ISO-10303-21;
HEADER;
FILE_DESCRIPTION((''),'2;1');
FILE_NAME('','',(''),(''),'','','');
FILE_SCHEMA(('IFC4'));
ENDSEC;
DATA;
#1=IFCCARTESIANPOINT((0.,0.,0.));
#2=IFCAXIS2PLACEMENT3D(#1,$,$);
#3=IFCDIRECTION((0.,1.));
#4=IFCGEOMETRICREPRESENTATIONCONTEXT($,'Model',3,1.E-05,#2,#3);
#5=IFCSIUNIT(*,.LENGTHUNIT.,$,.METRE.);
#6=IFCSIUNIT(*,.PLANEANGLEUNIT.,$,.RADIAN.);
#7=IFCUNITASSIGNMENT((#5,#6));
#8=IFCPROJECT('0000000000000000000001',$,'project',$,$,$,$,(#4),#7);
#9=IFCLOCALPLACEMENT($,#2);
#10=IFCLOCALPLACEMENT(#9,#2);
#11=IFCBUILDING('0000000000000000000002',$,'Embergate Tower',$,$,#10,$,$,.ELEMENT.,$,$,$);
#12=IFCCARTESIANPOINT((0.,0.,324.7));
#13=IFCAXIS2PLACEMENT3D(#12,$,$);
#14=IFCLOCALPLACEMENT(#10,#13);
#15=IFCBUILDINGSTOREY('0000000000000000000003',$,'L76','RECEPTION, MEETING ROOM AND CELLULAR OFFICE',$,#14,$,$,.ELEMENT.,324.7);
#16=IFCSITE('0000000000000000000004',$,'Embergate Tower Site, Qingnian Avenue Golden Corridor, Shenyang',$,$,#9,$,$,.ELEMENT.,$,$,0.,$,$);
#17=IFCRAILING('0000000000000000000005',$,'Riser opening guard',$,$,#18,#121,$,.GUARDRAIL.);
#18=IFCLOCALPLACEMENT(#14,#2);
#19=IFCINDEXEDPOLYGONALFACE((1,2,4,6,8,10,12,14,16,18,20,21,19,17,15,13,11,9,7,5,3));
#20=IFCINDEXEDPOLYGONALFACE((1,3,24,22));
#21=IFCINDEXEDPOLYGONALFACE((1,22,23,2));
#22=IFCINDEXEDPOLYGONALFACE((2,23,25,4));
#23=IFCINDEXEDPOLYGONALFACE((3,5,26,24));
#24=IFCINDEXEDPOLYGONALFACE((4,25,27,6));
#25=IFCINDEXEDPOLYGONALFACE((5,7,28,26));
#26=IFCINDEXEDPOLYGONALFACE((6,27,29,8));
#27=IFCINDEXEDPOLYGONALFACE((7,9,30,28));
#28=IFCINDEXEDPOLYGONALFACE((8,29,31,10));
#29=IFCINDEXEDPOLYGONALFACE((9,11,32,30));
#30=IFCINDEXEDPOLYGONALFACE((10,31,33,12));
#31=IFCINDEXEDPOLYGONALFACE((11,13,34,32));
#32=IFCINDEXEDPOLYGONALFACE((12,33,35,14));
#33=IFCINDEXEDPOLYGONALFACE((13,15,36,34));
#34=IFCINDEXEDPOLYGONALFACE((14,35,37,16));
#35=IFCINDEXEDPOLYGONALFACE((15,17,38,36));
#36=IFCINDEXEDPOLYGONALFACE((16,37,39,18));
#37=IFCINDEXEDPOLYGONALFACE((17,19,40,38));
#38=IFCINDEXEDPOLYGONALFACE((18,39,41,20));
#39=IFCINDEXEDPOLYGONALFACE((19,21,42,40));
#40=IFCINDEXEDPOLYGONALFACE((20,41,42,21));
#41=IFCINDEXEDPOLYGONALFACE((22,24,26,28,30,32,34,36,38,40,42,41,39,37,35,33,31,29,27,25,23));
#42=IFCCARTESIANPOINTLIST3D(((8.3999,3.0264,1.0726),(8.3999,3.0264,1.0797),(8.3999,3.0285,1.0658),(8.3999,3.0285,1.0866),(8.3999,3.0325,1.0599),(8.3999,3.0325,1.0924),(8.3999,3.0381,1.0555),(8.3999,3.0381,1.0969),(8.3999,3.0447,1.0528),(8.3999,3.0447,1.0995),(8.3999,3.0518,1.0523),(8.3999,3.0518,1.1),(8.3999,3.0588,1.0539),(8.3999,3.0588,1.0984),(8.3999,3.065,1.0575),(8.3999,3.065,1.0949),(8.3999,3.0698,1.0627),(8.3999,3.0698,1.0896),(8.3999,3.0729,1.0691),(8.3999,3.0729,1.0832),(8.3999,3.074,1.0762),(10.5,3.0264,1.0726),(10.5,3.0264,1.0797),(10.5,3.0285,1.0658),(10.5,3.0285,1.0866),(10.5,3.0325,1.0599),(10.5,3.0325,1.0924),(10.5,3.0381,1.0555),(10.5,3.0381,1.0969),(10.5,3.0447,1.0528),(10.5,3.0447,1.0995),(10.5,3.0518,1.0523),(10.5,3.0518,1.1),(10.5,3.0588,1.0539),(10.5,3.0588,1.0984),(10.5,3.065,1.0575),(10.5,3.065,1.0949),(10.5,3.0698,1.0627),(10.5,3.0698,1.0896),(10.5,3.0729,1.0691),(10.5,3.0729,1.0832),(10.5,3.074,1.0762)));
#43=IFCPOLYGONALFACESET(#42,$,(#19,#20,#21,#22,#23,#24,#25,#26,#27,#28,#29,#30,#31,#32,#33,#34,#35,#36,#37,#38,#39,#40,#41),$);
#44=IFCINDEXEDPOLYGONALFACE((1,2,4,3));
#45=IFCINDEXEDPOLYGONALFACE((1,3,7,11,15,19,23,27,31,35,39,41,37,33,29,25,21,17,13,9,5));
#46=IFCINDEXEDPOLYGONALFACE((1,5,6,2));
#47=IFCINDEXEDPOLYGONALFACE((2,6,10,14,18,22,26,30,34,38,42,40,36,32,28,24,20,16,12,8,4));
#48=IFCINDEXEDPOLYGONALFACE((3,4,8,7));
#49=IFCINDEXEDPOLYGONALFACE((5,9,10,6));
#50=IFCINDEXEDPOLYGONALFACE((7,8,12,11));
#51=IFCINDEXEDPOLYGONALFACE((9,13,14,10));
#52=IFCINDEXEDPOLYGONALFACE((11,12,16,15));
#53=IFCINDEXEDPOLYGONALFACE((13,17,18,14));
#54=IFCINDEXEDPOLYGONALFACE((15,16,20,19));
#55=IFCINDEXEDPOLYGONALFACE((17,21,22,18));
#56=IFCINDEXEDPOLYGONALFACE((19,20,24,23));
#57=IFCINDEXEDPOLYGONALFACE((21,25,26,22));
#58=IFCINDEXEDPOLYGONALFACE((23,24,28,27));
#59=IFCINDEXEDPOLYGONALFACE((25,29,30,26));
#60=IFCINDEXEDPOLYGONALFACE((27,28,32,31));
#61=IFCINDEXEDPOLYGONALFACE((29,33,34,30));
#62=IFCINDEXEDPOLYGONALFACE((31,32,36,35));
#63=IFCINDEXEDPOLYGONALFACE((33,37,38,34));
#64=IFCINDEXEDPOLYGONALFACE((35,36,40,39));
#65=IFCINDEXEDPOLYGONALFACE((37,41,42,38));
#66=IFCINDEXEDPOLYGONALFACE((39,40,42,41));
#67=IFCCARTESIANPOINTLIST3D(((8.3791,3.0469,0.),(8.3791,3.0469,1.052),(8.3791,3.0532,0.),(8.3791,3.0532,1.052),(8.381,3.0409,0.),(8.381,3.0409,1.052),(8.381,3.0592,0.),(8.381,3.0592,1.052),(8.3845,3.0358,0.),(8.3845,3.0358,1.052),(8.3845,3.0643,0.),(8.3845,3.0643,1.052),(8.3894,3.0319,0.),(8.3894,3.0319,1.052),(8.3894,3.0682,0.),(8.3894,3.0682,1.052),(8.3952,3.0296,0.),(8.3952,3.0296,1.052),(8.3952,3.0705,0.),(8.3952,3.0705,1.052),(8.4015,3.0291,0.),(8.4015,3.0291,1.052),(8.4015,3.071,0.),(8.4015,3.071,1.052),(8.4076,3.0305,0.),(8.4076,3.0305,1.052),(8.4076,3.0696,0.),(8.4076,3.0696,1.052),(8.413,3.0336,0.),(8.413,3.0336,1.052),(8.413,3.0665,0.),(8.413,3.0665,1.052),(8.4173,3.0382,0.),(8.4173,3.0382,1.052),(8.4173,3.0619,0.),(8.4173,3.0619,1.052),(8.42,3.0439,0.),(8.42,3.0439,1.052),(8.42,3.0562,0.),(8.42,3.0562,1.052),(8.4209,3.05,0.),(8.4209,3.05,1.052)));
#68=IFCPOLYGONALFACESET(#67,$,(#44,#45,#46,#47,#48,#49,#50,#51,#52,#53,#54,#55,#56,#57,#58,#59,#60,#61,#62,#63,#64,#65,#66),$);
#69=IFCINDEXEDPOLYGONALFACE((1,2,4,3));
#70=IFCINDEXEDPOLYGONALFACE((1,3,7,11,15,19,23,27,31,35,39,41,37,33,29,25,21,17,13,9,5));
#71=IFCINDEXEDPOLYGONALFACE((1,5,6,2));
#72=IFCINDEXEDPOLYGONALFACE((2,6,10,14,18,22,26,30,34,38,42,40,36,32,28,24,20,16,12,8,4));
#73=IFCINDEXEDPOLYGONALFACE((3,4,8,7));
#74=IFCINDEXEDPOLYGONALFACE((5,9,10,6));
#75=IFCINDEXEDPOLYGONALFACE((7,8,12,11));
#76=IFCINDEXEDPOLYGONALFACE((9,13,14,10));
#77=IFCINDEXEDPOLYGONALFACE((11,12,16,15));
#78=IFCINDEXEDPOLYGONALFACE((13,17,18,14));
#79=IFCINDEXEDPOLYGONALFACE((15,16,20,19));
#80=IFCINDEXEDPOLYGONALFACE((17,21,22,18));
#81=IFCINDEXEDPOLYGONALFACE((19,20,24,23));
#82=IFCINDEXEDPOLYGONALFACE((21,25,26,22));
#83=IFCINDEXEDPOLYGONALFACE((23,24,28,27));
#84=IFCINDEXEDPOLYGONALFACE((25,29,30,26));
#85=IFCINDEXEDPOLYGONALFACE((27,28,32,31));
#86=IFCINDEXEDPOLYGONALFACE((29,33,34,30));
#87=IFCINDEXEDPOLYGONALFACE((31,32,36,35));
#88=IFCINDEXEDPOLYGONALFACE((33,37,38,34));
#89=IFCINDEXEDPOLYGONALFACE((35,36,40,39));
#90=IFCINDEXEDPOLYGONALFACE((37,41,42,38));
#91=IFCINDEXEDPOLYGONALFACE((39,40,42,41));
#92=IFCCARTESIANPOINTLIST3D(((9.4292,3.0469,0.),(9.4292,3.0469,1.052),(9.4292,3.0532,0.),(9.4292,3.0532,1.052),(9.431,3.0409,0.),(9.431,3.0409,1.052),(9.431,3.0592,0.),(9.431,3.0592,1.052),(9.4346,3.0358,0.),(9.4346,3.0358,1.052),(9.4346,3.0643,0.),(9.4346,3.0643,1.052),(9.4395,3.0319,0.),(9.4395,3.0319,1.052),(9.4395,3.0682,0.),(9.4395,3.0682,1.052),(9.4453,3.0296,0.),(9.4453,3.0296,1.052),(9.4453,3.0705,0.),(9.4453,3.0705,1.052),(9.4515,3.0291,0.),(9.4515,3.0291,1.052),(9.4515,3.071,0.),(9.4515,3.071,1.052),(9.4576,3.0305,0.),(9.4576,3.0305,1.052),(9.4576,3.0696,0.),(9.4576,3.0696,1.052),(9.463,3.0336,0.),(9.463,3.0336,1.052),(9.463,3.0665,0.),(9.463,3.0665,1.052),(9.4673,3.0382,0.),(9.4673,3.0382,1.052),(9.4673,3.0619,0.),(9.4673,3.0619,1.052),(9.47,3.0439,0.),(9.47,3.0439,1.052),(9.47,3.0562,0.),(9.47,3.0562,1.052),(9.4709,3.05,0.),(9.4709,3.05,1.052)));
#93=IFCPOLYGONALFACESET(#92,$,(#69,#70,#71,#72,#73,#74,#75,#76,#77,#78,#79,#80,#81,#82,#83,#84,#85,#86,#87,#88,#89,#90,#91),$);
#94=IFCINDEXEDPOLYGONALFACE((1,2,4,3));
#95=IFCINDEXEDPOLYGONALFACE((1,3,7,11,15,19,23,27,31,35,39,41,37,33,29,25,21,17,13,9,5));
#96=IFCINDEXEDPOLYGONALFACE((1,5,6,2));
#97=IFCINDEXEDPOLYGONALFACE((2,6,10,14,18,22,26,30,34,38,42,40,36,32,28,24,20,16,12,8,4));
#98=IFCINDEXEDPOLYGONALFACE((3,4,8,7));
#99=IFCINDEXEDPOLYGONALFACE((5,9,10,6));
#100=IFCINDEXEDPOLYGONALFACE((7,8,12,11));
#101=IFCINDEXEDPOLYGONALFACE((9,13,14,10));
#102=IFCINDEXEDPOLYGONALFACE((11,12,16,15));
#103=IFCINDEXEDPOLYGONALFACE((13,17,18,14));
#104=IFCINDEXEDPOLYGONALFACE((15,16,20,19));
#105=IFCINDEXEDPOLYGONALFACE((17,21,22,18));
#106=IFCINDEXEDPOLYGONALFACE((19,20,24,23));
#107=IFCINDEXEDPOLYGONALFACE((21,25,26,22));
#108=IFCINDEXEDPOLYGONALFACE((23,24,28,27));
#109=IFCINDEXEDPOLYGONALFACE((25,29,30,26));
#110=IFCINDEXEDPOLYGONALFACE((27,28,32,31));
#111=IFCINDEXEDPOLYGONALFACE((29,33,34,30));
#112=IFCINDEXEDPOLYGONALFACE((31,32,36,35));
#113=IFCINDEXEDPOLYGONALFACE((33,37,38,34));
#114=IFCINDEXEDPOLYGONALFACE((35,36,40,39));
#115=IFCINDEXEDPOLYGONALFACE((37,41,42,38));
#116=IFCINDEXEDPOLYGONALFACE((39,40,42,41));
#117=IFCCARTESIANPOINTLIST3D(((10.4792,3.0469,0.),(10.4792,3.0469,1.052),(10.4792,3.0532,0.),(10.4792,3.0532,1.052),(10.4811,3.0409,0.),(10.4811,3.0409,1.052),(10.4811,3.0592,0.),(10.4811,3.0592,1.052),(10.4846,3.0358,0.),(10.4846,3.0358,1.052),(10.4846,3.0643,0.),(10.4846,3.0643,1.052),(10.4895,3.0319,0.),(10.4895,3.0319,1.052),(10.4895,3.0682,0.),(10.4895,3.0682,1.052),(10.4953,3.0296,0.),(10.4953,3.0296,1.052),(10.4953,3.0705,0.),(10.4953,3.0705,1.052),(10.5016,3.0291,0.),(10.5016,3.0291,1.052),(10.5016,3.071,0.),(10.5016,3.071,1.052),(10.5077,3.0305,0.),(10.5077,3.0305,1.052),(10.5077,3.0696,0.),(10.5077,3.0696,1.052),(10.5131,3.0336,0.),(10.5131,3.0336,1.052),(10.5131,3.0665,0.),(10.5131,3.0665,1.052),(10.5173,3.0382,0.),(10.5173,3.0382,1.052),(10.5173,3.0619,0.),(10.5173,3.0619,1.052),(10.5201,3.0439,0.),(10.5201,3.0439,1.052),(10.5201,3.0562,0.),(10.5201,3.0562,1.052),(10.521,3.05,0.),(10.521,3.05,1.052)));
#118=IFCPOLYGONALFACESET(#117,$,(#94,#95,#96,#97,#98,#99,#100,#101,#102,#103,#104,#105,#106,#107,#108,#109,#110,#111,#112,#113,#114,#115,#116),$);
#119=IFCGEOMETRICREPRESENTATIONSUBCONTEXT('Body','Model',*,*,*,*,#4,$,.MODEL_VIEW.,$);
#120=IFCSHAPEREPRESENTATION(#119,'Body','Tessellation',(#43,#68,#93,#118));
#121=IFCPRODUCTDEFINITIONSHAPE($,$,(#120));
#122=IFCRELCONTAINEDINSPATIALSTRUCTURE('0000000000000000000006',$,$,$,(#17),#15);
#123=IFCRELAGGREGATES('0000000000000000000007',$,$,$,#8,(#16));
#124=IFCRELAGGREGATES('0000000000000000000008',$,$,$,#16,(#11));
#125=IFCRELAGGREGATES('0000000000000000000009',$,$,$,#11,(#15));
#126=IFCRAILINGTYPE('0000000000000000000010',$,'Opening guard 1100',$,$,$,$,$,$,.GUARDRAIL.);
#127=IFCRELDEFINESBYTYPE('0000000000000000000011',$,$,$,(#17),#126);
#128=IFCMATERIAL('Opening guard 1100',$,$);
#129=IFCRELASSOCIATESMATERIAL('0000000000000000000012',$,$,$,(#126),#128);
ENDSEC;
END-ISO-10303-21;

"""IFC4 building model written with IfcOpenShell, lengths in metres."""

from ifc_helpers import new_model, si_unit, direction, frame, origin, origin_2d, place, context, subcontext, project, spatial, circle, extrude, source, transform, mapped, material, type_object, element, save


model = new_model("IFC4")

# Units and contexts
model_context = context("Model", 3, precision=1e-05, world=origin(), true_north=direction((0.0, 1.0)))
body_context = subcontext(model_context, "Body", "Model", "MODEL_VIEW")
ifc_project = project(units=[si_unit("LENGTHUNIT", "METRE"), si_unit("PLANEANGLEUNIT", "RADIAN")], contexts=[model_context])

# Site, building, storey
site_placement = place(None, origin())
site = spatial("IfcSite", under=ifc_project, at=site_placement, Name="Embergate Tower Site, Qingnian Avenue Golden Corridor, Shenyang", CompositionType="ELEMENT", RefElevation=0.0)
building_placement = place(site_placement, origin())
building = spatial("IfcBuilding", under=site, at=building_placement, Name="Embergate Tower", CompositionType="ELEMENT")
storey_placement = place(building_placement, frame((0.0, 0.0, 324.7)))
storey = spatial("IfcBuildingStorey", under=building, at=storey_placement, Name="L76", Description="RECEPTION, MEETING ROOM AND CELLULAR OFFICE", CompositionType="ELEMENT", Elevation=324.7)

# Railing
ifc_material_1 = material(Name="Opening guard 1100")
railing_type = type_object("IfcRailingType", Name="Opening guard 1100", PredefinedType="GUARDRAIL", material=ifc_material_1)
shared_shape_1 = source(origin(), body_context, "Body", "SweptSolid", [
    extrude(circle(Radius=0.0239, at=origin_2d()), frame((0.0, 0.0, 1.0762), z_axis=(1.0, 0.0, 0.0), x_axis=(0.0, 1.0, 0.0)), (0.0, 0.0, 1.0), 2.1001),
    extrude(circle(Radius=0.021, at=origin_2d()), origin(), (0.0, 0.0, 1.0), 1.052),
    extrude(circle(Radius=0.021, at=origin_2d()), frame((1.05, 0.0, 0.0)), (0.0, 0.0, 1.0), 1.052),
    extrude(circle(Radius=0.021, at=origin_2d()), frame((2.1001, 0.0, 0.0)), (0.0, 0.0, 1.0), 1.052),
])
railing_1_placement = place(storey_placement, frame((8.3999, 3.05, 0.0)))
element("IfcRailing", 1, at=railing_1_placement, inside=storey, type_object=railing_type, Name="Riser opening guard", PredefinedType="GUARDRAIL", context=body_context, shape_type="MappedRepresentation", body=[
    mapped(shared_shape_1, transform((0.0, 0.0, 0.0))),
])

save(model, "model.ifc")
